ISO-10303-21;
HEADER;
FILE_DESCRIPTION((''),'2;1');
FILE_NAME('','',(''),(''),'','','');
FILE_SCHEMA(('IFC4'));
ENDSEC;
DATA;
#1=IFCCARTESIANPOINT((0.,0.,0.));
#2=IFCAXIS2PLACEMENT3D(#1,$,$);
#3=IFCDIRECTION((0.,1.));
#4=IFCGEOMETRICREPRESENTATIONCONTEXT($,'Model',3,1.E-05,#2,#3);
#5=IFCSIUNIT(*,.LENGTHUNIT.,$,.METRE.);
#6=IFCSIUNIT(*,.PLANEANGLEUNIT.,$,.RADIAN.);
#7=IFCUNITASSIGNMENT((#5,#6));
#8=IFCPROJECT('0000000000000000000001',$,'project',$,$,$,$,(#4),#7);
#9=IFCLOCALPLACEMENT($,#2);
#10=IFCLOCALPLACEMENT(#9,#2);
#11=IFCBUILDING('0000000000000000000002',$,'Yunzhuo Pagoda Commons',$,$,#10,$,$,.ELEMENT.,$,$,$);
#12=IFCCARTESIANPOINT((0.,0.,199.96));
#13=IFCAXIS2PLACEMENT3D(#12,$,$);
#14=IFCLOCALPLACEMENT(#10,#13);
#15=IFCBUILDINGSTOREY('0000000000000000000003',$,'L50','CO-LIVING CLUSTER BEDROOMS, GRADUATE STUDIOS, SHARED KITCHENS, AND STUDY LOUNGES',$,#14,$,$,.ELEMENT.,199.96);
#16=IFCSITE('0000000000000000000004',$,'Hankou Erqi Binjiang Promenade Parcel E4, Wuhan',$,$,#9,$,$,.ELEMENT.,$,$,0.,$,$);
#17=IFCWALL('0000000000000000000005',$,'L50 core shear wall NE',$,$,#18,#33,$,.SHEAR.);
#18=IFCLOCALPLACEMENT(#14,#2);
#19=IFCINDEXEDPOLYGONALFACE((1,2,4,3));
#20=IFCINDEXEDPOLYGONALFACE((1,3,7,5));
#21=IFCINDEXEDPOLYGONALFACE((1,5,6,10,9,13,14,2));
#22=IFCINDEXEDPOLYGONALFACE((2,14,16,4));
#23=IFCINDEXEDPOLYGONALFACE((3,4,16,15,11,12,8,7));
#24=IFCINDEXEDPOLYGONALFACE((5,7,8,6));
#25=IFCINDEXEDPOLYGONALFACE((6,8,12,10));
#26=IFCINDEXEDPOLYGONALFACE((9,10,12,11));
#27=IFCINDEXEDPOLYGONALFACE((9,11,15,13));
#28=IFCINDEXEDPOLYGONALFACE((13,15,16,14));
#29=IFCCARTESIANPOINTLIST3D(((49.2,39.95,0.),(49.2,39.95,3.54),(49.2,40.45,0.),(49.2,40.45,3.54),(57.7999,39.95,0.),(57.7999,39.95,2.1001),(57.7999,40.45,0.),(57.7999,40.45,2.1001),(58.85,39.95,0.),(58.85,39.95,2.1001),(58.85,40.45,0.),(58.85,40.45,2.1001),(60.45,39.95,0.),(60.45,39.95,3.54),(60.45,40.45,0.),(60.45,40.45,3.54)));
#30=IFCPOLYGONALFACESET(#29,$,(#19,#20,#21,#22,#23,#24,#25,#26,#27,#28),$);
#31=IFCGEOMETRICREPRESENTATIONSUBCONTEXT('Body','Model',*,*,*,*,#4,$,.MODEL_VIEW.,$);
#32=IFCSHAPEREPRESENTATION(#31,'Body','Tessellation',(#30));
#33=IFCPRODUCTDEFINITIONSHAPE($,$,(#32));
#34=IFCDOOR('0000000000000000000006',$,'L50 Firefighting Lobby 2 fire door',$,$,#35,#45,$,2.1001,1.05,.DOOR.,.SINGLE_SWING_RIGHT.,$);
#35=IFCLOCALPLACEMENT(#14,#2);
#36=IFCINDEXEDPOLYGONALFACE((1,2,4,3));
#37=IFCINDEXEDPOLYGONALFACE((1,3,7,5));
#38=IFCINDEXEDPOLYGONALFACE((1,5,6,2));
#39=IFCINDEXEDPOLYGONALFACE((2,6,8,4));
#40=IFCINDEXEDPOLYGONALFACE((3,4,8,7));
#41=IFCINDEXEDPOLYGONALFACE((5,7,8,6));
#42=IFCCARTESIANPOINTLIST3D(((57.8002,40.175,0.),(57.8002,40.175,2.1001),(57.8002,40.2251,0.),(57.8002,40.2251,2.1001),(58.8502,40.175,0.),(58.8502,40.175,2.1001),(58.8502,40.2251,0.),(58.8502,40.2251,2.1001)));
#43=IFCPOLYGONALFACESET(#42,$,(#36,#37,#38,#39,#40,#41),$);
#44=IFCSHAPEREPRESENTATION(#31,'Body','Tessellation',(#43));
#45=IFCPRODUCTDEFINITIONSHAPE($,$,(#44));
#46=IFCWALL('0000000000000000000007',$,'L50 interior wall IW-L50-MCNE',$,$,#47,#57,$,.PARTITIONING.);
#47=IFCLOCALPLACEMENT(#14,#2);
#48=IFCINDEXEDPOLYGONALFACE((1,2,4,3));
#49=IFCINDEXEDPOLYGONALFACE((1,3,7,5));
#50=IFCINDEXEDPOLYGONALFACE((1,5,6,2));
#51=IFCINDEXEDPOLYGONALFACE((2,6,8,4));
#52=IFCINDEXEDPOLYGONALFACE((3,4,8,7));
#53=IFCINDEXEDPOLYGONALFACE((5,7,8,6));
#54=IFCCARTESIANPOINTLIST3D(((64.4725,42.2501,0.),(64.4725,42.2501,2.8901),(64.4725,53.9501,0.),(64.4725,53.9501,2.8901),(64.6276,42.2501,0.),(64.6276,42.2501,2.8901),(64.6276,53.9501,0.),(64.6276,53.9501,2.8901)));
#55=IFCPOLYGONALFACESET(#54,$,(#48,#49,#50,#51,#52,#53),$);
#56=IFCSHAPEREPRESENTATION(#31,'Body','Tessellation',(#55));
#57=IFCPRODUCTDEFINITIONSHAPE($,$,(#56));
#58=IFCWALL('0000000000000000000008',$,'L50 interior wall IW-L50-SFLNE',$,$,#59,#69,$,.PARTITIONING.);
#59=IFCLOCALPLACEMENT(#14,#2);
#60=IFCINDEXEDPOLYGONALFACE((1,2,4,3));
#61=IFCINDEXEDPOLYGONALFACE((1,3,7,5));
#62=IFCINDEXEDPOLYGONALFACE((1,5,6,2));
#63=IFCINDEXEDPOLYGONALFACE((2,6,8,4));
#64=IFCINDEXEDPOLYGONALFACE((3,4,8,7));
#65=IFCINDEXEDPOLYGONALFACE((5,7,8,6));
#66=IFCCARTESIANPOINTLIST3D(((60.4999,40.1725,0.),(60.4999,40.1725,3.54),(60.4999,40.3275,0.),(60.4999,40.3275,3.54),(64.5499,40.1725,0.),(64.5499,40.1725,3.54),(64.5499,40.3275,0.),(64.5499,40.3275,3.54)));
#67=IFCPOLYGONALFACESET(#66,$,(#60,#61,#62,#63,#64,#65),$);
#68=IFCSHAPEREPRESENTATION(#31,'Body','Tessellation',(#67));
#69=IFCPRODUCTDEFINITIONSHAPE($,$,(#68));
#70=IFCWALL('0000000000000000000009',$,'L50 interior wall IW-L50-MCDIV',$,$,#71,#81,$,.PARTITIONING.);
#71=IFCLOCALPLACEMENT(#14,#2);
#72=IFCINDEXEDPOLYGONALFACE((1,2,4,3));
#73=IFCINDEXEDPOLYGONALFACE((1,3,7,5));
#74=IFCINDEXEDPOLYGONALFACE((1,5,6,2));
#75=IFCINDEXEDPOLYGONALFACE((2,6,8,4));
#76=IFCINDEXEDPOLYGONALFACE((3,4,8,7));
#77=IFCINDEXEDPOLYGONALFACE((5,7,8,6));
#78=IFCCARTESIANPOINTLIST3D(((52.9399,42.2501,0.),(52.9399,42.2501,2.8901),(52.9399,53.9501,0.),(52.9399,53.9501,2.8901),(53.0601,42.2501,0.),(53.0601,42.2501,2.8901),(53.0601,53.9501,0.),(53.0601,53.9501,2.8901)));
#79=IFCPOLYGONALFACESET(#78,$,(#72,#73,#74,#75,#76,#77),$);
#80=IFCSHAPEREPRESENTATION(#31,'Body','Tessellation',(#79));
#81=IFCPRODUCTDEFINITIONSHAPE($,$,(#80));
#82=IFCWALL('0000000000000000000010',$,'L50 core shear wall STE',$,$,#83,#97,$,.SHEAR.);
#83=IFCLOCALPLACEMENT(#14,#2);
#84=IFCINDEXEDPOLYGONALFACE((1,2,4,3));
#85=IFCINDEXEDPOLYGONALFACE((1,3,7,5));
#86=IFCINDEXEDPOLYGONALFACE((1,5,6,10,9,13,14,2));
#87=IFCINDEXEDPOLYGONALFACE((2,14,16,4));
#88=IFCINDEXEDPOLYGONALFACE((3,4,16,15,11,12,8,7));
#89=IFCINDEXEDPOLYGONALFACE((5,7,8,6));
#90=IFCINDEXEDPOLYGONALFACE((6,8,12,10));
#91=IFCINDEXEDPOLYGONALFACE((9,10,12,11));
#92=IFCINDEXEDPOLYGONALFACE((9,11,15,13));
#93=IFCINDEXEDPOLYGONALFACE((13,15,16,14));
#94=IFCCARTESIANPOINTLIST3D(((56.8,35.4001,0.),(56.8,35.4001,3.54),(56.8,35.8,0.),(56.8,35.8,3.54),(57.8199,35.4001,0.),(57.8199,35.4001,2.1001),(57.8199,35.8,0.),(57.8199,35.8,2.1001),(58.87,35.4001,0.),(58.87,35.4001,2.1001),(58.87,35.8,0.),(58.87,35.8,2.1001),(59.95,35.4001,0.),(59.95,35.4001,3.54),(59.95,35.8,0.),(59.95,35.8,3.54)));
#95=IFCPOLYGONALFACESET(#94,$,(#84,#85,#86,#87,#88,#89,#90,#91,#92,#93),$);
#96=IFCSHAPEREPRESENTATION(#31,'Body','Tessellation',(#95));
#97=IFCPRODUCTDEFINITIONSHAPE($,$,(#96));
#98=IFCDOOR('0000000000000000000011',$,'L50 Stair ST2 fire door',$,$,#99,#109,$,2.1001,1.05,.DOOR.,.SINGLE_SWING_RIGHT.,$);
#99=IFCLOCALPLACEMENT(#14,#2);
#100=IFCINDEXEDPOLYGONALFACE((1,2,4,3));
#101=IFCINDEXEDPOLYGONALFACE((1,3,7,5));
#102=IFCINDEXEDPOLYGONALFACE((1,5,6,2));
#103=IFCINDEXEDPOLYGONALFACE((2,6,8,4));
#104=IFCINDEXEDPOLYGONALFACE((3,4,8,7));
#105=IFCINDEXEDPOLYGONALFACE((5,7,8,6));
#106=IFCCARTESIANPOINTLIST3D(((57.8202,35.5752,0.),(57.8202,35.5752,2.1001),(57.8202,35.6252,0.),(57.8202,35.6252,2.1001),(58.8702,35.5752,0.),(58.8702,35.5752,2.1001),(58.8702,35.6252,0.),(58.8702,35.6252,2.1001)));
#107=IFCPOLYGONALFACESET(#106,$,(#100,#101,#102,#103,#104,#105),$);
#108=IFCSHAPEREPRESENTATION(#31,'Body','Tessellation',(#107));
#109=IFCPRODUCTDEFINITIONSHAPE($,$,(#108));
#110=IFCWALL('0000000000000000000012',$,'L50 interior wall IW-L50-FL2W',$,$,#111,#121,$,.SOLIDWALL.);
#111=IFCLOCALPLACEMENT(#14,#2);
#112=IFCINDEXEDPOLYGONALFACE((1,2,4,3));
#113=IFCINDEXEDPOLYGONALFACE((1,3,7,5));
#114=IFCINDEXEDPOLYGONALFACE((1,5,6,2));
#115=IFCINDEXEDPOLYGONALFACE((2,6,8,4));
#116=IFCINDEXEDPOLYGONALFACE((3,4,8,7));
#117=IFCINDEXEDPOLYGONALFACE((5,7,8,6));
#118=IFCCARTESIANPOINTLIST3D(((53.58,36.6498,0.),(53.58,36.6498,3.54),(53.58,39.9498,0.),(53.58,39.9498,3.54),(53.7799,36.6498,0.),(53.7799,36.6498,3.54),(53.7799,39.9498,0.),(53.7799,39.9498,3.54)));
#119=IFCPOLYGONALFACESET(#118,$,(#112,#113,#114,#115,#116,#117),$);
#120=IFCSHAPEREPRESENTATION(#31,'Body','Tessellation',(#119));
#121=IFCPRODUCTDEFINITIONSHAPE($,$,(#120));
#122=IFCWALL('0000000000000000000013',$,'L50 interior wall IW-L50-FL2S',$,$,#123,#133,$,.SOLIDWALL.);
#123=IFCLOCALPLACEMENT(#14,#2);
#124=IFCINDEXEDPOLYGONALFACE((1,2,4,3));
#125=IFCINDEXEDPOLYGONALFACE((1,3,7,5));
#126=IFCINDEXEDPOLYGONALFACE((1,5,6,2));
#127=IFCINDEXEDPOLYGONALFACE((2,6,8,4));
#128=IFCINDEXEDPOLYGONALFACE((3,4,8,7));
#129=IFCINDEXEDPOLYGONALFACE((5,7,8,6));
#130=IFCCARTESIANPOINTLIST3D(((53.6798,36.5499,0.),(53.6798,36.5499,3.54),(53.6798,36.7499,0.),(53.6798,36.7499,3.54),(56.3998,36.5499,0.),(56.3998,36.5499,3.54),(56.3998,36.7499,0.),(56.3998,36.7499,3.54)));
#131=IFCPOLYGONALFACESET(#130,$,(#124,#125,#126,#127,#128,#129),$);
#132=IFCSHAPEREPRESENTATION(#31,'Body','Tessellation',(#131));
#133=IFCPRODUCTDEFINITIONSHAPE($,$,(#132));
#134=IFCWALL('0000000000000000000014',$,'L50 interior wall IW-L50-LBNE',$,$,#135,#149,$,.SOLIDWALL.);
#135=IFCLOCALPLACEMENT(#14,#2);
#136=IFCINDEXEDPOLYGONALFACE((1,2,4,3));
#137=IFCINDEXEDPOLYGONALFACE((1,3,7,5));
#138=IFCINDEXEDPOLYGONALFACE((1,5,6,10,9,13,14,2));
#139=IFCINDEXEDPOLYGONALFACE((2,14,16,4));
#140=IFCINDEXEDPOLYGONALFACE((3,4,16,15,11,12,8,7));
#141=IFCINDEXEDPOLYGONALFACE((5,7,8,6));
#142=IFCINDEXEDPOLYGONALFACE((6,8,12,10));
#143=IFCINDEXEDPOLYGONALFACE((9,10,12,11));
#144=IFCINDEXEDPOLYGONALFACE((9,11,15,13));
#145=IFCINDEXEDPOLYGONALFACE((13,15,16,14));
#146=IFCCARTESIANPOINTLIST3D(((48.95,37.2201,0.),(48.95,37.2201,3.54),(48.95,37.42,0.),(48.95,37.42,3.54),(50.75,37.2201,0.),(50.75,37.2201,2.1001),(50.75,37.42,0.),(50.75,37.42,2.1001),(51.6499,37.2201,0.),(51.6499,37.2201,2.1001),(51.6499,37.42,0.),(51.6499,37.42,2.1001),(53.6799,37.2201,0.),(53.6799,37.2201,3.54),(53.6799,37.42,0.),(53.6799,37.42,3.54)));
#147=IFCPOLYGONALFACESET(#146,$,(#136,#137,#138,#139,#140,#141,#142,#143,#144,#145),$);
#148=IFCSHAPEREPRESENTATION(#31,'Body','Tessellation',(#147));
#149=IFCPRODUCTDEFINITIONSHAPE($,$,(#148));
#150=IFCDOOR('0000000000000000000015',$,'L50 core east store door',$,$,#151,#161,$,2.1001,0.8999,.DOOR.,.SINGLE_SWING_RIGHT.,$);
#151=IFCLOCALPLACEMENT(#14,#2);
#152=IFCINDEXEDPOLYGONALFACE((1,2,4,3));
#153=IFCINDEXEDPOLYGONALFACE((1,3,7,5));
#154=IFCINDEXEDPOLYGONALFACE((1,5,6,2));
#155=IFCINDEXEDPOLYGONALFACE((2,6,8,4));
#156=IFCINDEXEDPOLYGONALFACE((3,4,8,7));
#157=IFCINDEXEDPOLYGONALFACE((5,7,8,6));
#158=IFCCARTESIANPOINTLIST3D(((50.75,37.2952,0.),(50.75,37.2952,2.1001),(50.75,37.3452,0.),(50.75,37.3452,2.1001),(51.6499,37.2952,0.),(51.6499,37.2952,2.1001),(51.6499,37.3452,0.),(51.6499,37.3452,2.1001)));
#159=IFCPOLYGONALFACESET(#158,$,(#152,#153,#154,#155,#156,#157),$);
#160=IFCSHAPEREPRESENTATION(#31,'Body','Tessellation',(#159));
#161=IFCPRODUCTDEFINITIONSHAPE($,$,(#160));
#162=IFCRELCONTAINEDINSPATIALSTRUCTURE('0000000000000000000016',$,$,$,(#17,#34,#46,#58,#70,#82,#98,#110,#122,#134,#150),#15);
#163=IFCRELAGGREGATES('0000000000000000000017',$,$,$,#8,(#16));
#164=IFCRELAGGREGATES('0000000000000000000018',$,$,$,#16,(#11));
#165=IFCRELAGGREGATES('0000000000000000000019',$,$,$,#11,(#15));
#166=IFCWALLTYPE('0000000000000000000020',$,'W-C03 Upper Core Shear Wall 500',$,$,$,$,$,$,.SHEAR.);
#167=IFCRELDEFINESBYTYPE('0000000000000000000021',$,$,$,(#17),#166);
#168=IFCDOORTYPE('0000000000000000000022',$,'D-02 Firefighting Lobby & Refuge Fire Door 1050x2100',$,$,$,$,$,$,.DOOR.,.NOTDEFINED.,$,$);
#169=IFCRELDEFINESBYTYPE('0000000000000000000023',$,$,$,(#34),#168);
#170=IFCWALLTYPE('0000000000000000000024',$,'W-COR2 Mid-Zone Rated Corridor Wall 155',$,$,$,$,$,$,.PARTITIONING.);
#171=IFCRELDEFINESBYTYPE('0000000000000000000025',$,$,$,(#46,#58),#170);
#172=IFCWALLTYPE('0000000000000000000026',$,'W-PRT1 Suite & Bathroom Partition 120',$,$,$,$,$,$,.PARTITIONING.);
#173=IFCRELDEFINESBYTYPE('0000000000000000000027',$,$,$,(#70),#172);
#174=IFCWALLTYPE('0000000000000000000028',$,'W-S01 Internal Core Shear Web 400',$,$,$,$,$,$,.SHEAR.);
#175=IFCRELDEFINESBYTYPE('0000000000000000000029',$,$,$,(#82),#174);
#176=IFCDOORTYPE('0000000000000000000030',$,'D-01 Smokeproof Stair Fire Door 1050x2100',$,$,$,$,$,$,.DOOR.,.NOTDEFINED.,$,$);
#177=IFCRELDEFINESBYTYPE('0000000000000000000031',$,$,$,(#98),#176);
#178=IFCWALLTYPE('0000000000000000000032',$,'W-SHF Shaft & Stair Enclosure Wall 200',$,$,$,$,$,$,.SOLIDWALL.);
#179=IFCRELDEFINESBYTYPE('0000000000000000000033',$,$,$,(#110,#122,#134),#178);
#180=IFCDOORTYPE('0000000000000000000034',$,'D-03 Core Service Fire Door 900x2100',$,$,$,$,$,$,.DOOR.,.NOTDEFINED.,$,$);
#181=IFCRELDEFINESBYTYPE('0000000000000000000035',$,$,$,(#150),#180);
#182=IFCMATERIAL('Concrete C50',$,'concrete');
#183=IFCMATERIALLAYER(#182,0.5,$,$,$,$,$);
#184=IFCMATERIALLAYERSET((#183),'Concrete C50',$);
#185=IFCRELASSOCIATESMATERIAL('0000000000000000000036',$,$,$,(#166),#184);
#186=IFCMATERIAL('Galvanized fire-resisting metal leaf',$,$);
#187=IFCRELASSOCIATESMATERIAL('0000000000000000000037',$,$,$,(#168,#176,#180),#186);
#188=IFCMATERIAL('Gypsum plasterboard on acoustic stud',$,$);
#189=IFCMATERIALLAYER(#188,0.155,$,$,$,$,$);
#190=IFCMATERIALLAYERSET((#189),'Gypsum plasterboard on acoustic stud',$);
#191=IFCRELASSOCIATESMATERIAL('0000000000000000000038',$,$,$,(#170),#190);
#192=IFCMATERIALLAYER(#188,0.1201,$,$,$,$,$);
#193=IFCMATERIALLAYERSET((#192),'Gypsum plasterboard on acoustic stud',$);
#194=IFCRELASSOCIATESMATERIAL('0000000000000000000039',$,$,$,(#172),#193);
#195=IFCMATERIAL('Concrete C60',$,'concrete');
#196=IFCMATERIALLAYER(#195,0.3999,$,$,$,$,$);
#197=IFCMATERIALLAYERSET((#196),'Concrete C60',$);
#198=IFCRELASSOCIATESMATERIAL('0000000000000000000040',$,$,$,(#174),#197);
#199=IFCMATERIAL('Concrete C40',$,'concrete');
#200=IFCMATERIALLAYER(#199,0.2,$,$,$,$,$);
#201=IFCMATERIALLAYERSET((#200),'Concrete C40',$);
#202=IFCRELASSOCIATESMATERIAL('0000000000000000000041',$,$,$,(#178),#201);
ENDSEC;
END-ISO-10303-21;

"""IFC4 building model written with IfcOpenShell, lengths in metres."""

from ifc_helpers import new_model, si_unit, direction, frame, frame_2d, origin, place, context, subcontext, project, spatial, rectangle, extrude, source, transform, mapped, material, layer, layer_set, type_object, element, fill, save


model = new_model("IFC4")

# Units and contexts
model_context = context("Model", 3, precision=1e-05, world=origin(), true_north=direction((0.0, 1.0)))
body_context = subcontext(model_context, "Body", "Model", "MODEL_VIEW")
ifc_project = project(units=[si_unit("LENGTHUNIT", "METRE"), si_unit("PLANEANGLEUNIT", "RADIAN")], contexts=[model_context])

# Site, building, storey
site_placement = place(None, origin())
site = spatial("IfcSite", under=ifc_project, at=site_placement, Name="Hankou Erqi Binjiang Promenade Parcel E4, Wuhan", CompositionType="ELEMENT", RefElevation=0.0)
building_placement = place(site_placement, origin())
building = spatial("IfcBuilding", under=site, at=building_placement, Name="Yunzhuo Pagoda Commons", CompositionType="ELEMENT")
storey_placement = place(building_placement, frame((0.0, 0.0, 199.96)))
storey = spatial("IfcBuildingStorey", under=building, at=storey_placement, Name="L50", Description="CO-LIVING CLUSTER BEDROOMS, GRADUATE STUDIOS, SHARED KITCHENS, AND STUDY LOUNGES", CompositionType="ELEMENT", Elevation=199.96)

# Wall, opening, door
ifc_material_1 = material(Name="Concrete C50", Category="concrete")
ifc_layer_1 = layer(ifc_material_1, 0.5)
ifc_layer_set_1 = layer_set([ifc_layer_1], Name="Concrete C50")
wall_type_1 = type_object("IfcWallType", Name="W-C03 Upper Core Shear Wall 500", PredefinedType="SHEAR", material=ifc_layer_set_1)
wall_1_placement = place(storey_placement, frame((49.2, 40.2, 0.0), z_axis=(0.0, 0.0, 1.0), x_axis=(1.0, 0.0, 0.0)))
wall_1 = element("IfcWall", 1, at=wall_1_placement, inside=storey, type_object=wall_type_1, Name="L50 core shear wall NE", PredefinedType="SHEAR", context=body_context, shape_type="SweptSolid", body=[
    extrude(rectangle(XDim=11.25, YDim=0.5, at=frame_2d((5.625, 0.0))), origin(), (0.0, 0.0, 1.0), 3.54),
])
opening_1_placement = place(wall_1_placement, frame((8.6001, 0.0, 0.0)))
opening_1 = element("IfcOpeningElement", 2, at=opening_1_placement, cuts=wall_1, PredefinedType="OPENING", context=body_context, shape_type="SweptSolid", body=[
    extrude(rectangle(XDim=1.05, YDim=2.1001, at=frame_2d((0.5249, 1.05))), frame((0.0, 0.26, 0.0), z_axis=(0.0, -1.0, 0.0), x_axis=(1.0, 0.0, 0.0)), (0.0, 0.0, 1.0), 0.52),
])
ifc_material_2 = material(Name="Galvanized fire-resisting metal leaf")
door_type_1 = type_object("IfcDoorType", Name="D-02 Firefighting Lobby & Refuge Fire Door 1050x2100", OperationType="NOTDEFINED", PredefinedType="DOOR", material=ifc_material_2)
shared_shape_1 = source(origin(), body_context, "Body", "SweptSolid", [
    extrude(rectangle(XDim=1.05, YDim=2.1001, at=frame_2d((0.5249, 1.05))), frame((0.0, 0.0249, 0.0), z_axis=(0.0, -1.0, 0.0), x_axis=(1.0, 0.0, 0.0)), (0.0, 0.0, 1.0), 0.05),
])
door_1_placement = place(opening_1_placement, frame((1.05, 0.0, 0.0), z_axis=(0.0, 0.0, 1.0), x_axis=(-1.0, 0.0, 0.0)))
door_1 = element("IfcDoor", 3, at=door_1_placement, inside=storey, type_object=door_type_1, Name="L50 Firefighting Lobby 2 fire door", OperationType="SINGLE_SWING_RIGHT", OverallHeight=2.1001, OverallWidth=1.05, PredefinedType="DOOR", context=body_context, shape_type="MappedRepresentation", body=[
    mapped(shared_shape_1, transform((0.0, 0.0, 0.0), scale=1.0)),
])
fill(opening_1, door_1)

# Walls
ifc_material_3 = material(Name="Gypsum plasterboard on acoustic stud")
ifc_layer_2 = layer(ifc_material_3, 0.155)
ifc_layer_set_2 = layer_set([ifc_layer_2], Name="Gypsum plasterboard on acoustic stud")
wall_type_2 = type_object("IfcWallType", Name="W-COR2 Mid-Zone Rated Corridor Wall 155", PredefinedType="PARTITIONING", material=ifc_layer_set_2)
wall_2_placement = place(storey_placement, frame((64.55, 42.25, 0.0), z_axis=(0.0, 0.0, 1.0), x_axis=(0.0, 1.0, 0.0)))
element("IfcWall", 4, at=wall_2_placement, inside=storey, type_object=wall_type_2, Name="L50 interior wall IW-L50-MCNE", PredefinedType="PARTITIONING", context=body_context, shape_type="SweptSolid", body=[
    extrude(rectangle(XDim=11.7, YDim=0.155, at=frame_2d((5.8501, 0.0))), origin(), (0.0, 0.0, 1.0), 2.8901),
])
wall_3_placement = place(storey_placement, frame((60.5, 40.25, 0.0), z_axis=(0.0, 0.0, 1.0), x_axis=(1.0, 0.0, 0.0)))
element("IfcWall", 5, at=wall_3_placement, inside=storey, type_object=wall_type_2, Name="L50 interior wall IW-L50-SFLNE", PredefinedType="PARTITIONING", context=body_context, shape_type="SweptSolid", body=[
    extrude(rectangle(XDim=4.05, YDim=0.155, at=frame_2d((2.0249, 0.0))), origin(), (0.0, 0.0, 1.0), 3.54),
])
ifc_layer_3 = layer(ifc_material_3, 0.1201)
ifc_layer_set_3 = layer_set([ifc_layer_3], Name="Gypsum plasterboard on acoustic stud")
wall_type_3 = type_object("IfcWallType", Name="W-PRT1 Suite & Bathroom Partition 120", PredefinedType="PARTITIONING", material=ifc_layer_set_3)
wall_4_placement = place(storey_placement, frame((53.0, 42.25, 0.0), z_axis=(0.0, 0.0, 1.0), x_axis=(0.0, 1.0, 0.0)))
element("IfcWall", 6, at=wall_4_placement, inside=storey, type_object=wall_type_3, Name="L50 interior wall IW-L50-MCDIV", PredefinedType="PARTITIONING", context=body_context, shape_type="SweptSolid", body=[
    extrude(rectangle(XDim=11.7, YDim=0.1201, at=frame_2d((5.8501, 0.0))), origin(), (0.0, 0.0, 1.0), 2.8901),
])

# Wall, opening, door
ifc_material_4 = material(Name="Concrete C60", Category="concrete")
ifc_layer_4 = layer(ifc_material_4, 0.3999)
ifc_layer_set_4 = layer_set([ifc_layer_4], Name="Concrete C60")
wall_type_4 = type_object("IfcWallType", Name="W-S01 Internal Core Shear Web 400", PredefinedType="SHEAR", material=ifc_layer_set_4)
wall_5_placement = place(storey_placement, frame((56.8, 35.6001, 0.0), z_axis=(0.0, 0.0, 1.0), x_axis=(1.0, 0.0, 0.0)))
wall_5 = element("IfcWall", 7, at=wall_5_placement, inside=storey, type_object=wall_type_4, Name="L50 core shear wall STE", PredefinedType="SHEAR", context=body_context, shape_type="SweptSolid", body=[
    extrude(rectangle(XDim=3.1499, YDim=0.3999, at=frame_2d((1.575, 0.0))), origin(), (0.0, 0.0, 1.0), 3.54),
])
opening_2_placement = place(wall_5_placement, frame((1.02, 0.0, 0.0)))
opening_2 = element("IfcOpeningElement", 8, at=opening_2_placement, cuts=wall_5, PredefinedType="OPENING", context=body_context, shape_type="SweptSolid", body=[
    extrude(rectangle(XDim=1.05, YDim=2.1001, at=frame_2d((0.5249, 1.05))), frame((0.0, 0.21, 0.0), z_axis=(0.0, -1.0, 0.0), x_axis=(1.0, 0.0, 0.0)), (0.0, 0.0, 1.0), 0.4199),
])
door_type_2 = type_object("IfcDoorType", Name="D-01 Smokeproof Stair Fire Door 1050x2100", OperationType="NOTDEFINED", PredefinedType="DOOR", material=ifc_material_2)
door_2_placement = place(opening_2_placement, frame((1.05, 0.0, 0.0), z_axis=(0.0, 0.0, 1.0), x_axis=(-1.0, 0.0, 0.0)))
door_2 = element("IfcDoor", 9, at=door_2_placement, inside=storey, type_object=door_type_2, Name="L50 Stair ST2 fire door", OperationType="SINGLE_SWING_RIGHT", OverallHeight=2.1001, OverallWidth=1.05, PredefinedType="DOOR", context=body_context, shape_type="MappedRepresentation", body=[
    mapped(shared_shape_1, transform((0.0, 0.0, 0.0), scale=1.0)),
])
fill(opening_2, door_2)

# Walls
ifc_material_5 = material(Name="Concrete C40", Category="concrete")
ifc_layer_5 = layer(ifc_material_5, 0.2)
ifc_layer_set_5 = layer_set([ifc_layer_5], Name="Concrete C40")
wall_type_5 = type_object("IfcWallType", Name="W-SHF Shaft & Stair Enclosure Wall 200", PredefinedType="SOLIDWALL", material=ifc_layer_set_5)
wall_6_placement = place(storey_placement, frame((53.6799, 36.6499, 0.0), z_axis=(0.0, 0.0, 1.0), x_axis=(0.0, 1.0, 0.0)))
element("IfcWall", 10, at=wall_6_placement, inside=storey, type_object=wall_type_5, Name="L50 interior wall IW-L50-FL2W", PredefinedType="SOLIDWALL", context=body_context, shape_type="SweptSolid", body=[
    extrude(rectangle(XDim=3.3, YDim=0.2, at=frame_2d((1.6499, 0.0))), origin(), (0.0, 0.0, 1.0), 3.54),
])
wall_7_placement = place(storey_placement, frame((53.6799, 36.6499, 0.0), z_axis=(0.0, 0.0, 1.0), x_axis=(1.0, 0.0, 0.0)))
element("IfcWall", 11, at=wall_7_placement, inside=storey, type_object=wall_type_5, Name="L50 interior wall IW-L50-FL2S", PredefinedType="SOLIDWALL", context=body_context, shape_type="SweptSolid", body=[
    extrude(rectangle(XDim=2.72, YDim=0.2, at=frame_2d((1.3599, 0.0))), origin(), (0.0, 0.0, 1.0), 3.54),
])

# Wall, opening, door
wall_8_placement = place(storey_placement, frame((48.95, 37.3201, 0.0), z_axis=(0.0, 0.0, 1.0), x_axis=(1.0, 0.0, 0.0)))
wall_8 = element("IfcWall", 12, at=wall_8_placement, inside=storey, type_object=wall_type_5, Name="L50 interior wall IW-L50-LBNE", PredefinedType="SOLIDWALL", context=body_context, shape_type="SweptSolid", body=[
    extrude(rectangle(XDim=4.73, YDim=0.2, at=frame_2d((2.365, 0.0))), origin(), (0.0, 0.0, 1.0), 3.54),
])
opening_3_placement = place(wall_8_placement, frame((1.8, 0.0, 0.0)))
opening_3 = element("IfcOpeningElement", 13, at=opening_3_placement, cuts=wall_8, PredefinedType="OPENING", context=body_context, shape_type="SweptSolid", body=[
    extrude(rectangle(XDim=0.8999, YDim=2.1001, at=frame_2d((0.45, 1.05))), frame((0.0, 0.1099, 0.0), z_axis=(0.0, -1.0, 0.0), x_axis=(1.0, 0.0, 0.0)), (0.0, 0.0, 1.0), 0.22),
])
door_type_3 = type_object("IfcDoorType", Name="D-03 Core Service Fire Door 900x2100", OperationType="NOTDEFINED", PredefinedType="DOOR", material=ifc_material_2)
shared_shape_2 = source(origin(), body_context, "Body", "SweptSolid", [
    extrude(rectangle(XDim=0.8999, YDim=2.1001, at=frame_2d((0.45, 1.05))), frame((0.0, 0.0249, 0.0), z_axis=(0.0, -1.0, 0.0), x_axis=(1.0, 0.0, 0.0)), (0.0, 0.0, 1.0), 0.05),
])
door_3_placement = place(opening_3_placement, frame((0.8999, 0.0, 0.0), z_axis=(0.0, 0.0, 1.0), x_axis=(-1.0, 0.0, 0.0)))
door_3 = element("IfcDoor", 14, at=door_3_placement, inside=storey, type_object=door_type_3, Name="L50 core east store door", OperationType="SINGLE_SWING_RIGHT", OverallHeight=2.1001, OverallWidth=0.8999, PredefinedType="DOOR", context=body_context, shape_type="MappedRepresentation", body=[
    mapped(shared_shape_2, transform((0.0, 0.0, 0.0), scale=1.0)),
])
fill(opening_3, door_3)

save(model, "model.ifc")
